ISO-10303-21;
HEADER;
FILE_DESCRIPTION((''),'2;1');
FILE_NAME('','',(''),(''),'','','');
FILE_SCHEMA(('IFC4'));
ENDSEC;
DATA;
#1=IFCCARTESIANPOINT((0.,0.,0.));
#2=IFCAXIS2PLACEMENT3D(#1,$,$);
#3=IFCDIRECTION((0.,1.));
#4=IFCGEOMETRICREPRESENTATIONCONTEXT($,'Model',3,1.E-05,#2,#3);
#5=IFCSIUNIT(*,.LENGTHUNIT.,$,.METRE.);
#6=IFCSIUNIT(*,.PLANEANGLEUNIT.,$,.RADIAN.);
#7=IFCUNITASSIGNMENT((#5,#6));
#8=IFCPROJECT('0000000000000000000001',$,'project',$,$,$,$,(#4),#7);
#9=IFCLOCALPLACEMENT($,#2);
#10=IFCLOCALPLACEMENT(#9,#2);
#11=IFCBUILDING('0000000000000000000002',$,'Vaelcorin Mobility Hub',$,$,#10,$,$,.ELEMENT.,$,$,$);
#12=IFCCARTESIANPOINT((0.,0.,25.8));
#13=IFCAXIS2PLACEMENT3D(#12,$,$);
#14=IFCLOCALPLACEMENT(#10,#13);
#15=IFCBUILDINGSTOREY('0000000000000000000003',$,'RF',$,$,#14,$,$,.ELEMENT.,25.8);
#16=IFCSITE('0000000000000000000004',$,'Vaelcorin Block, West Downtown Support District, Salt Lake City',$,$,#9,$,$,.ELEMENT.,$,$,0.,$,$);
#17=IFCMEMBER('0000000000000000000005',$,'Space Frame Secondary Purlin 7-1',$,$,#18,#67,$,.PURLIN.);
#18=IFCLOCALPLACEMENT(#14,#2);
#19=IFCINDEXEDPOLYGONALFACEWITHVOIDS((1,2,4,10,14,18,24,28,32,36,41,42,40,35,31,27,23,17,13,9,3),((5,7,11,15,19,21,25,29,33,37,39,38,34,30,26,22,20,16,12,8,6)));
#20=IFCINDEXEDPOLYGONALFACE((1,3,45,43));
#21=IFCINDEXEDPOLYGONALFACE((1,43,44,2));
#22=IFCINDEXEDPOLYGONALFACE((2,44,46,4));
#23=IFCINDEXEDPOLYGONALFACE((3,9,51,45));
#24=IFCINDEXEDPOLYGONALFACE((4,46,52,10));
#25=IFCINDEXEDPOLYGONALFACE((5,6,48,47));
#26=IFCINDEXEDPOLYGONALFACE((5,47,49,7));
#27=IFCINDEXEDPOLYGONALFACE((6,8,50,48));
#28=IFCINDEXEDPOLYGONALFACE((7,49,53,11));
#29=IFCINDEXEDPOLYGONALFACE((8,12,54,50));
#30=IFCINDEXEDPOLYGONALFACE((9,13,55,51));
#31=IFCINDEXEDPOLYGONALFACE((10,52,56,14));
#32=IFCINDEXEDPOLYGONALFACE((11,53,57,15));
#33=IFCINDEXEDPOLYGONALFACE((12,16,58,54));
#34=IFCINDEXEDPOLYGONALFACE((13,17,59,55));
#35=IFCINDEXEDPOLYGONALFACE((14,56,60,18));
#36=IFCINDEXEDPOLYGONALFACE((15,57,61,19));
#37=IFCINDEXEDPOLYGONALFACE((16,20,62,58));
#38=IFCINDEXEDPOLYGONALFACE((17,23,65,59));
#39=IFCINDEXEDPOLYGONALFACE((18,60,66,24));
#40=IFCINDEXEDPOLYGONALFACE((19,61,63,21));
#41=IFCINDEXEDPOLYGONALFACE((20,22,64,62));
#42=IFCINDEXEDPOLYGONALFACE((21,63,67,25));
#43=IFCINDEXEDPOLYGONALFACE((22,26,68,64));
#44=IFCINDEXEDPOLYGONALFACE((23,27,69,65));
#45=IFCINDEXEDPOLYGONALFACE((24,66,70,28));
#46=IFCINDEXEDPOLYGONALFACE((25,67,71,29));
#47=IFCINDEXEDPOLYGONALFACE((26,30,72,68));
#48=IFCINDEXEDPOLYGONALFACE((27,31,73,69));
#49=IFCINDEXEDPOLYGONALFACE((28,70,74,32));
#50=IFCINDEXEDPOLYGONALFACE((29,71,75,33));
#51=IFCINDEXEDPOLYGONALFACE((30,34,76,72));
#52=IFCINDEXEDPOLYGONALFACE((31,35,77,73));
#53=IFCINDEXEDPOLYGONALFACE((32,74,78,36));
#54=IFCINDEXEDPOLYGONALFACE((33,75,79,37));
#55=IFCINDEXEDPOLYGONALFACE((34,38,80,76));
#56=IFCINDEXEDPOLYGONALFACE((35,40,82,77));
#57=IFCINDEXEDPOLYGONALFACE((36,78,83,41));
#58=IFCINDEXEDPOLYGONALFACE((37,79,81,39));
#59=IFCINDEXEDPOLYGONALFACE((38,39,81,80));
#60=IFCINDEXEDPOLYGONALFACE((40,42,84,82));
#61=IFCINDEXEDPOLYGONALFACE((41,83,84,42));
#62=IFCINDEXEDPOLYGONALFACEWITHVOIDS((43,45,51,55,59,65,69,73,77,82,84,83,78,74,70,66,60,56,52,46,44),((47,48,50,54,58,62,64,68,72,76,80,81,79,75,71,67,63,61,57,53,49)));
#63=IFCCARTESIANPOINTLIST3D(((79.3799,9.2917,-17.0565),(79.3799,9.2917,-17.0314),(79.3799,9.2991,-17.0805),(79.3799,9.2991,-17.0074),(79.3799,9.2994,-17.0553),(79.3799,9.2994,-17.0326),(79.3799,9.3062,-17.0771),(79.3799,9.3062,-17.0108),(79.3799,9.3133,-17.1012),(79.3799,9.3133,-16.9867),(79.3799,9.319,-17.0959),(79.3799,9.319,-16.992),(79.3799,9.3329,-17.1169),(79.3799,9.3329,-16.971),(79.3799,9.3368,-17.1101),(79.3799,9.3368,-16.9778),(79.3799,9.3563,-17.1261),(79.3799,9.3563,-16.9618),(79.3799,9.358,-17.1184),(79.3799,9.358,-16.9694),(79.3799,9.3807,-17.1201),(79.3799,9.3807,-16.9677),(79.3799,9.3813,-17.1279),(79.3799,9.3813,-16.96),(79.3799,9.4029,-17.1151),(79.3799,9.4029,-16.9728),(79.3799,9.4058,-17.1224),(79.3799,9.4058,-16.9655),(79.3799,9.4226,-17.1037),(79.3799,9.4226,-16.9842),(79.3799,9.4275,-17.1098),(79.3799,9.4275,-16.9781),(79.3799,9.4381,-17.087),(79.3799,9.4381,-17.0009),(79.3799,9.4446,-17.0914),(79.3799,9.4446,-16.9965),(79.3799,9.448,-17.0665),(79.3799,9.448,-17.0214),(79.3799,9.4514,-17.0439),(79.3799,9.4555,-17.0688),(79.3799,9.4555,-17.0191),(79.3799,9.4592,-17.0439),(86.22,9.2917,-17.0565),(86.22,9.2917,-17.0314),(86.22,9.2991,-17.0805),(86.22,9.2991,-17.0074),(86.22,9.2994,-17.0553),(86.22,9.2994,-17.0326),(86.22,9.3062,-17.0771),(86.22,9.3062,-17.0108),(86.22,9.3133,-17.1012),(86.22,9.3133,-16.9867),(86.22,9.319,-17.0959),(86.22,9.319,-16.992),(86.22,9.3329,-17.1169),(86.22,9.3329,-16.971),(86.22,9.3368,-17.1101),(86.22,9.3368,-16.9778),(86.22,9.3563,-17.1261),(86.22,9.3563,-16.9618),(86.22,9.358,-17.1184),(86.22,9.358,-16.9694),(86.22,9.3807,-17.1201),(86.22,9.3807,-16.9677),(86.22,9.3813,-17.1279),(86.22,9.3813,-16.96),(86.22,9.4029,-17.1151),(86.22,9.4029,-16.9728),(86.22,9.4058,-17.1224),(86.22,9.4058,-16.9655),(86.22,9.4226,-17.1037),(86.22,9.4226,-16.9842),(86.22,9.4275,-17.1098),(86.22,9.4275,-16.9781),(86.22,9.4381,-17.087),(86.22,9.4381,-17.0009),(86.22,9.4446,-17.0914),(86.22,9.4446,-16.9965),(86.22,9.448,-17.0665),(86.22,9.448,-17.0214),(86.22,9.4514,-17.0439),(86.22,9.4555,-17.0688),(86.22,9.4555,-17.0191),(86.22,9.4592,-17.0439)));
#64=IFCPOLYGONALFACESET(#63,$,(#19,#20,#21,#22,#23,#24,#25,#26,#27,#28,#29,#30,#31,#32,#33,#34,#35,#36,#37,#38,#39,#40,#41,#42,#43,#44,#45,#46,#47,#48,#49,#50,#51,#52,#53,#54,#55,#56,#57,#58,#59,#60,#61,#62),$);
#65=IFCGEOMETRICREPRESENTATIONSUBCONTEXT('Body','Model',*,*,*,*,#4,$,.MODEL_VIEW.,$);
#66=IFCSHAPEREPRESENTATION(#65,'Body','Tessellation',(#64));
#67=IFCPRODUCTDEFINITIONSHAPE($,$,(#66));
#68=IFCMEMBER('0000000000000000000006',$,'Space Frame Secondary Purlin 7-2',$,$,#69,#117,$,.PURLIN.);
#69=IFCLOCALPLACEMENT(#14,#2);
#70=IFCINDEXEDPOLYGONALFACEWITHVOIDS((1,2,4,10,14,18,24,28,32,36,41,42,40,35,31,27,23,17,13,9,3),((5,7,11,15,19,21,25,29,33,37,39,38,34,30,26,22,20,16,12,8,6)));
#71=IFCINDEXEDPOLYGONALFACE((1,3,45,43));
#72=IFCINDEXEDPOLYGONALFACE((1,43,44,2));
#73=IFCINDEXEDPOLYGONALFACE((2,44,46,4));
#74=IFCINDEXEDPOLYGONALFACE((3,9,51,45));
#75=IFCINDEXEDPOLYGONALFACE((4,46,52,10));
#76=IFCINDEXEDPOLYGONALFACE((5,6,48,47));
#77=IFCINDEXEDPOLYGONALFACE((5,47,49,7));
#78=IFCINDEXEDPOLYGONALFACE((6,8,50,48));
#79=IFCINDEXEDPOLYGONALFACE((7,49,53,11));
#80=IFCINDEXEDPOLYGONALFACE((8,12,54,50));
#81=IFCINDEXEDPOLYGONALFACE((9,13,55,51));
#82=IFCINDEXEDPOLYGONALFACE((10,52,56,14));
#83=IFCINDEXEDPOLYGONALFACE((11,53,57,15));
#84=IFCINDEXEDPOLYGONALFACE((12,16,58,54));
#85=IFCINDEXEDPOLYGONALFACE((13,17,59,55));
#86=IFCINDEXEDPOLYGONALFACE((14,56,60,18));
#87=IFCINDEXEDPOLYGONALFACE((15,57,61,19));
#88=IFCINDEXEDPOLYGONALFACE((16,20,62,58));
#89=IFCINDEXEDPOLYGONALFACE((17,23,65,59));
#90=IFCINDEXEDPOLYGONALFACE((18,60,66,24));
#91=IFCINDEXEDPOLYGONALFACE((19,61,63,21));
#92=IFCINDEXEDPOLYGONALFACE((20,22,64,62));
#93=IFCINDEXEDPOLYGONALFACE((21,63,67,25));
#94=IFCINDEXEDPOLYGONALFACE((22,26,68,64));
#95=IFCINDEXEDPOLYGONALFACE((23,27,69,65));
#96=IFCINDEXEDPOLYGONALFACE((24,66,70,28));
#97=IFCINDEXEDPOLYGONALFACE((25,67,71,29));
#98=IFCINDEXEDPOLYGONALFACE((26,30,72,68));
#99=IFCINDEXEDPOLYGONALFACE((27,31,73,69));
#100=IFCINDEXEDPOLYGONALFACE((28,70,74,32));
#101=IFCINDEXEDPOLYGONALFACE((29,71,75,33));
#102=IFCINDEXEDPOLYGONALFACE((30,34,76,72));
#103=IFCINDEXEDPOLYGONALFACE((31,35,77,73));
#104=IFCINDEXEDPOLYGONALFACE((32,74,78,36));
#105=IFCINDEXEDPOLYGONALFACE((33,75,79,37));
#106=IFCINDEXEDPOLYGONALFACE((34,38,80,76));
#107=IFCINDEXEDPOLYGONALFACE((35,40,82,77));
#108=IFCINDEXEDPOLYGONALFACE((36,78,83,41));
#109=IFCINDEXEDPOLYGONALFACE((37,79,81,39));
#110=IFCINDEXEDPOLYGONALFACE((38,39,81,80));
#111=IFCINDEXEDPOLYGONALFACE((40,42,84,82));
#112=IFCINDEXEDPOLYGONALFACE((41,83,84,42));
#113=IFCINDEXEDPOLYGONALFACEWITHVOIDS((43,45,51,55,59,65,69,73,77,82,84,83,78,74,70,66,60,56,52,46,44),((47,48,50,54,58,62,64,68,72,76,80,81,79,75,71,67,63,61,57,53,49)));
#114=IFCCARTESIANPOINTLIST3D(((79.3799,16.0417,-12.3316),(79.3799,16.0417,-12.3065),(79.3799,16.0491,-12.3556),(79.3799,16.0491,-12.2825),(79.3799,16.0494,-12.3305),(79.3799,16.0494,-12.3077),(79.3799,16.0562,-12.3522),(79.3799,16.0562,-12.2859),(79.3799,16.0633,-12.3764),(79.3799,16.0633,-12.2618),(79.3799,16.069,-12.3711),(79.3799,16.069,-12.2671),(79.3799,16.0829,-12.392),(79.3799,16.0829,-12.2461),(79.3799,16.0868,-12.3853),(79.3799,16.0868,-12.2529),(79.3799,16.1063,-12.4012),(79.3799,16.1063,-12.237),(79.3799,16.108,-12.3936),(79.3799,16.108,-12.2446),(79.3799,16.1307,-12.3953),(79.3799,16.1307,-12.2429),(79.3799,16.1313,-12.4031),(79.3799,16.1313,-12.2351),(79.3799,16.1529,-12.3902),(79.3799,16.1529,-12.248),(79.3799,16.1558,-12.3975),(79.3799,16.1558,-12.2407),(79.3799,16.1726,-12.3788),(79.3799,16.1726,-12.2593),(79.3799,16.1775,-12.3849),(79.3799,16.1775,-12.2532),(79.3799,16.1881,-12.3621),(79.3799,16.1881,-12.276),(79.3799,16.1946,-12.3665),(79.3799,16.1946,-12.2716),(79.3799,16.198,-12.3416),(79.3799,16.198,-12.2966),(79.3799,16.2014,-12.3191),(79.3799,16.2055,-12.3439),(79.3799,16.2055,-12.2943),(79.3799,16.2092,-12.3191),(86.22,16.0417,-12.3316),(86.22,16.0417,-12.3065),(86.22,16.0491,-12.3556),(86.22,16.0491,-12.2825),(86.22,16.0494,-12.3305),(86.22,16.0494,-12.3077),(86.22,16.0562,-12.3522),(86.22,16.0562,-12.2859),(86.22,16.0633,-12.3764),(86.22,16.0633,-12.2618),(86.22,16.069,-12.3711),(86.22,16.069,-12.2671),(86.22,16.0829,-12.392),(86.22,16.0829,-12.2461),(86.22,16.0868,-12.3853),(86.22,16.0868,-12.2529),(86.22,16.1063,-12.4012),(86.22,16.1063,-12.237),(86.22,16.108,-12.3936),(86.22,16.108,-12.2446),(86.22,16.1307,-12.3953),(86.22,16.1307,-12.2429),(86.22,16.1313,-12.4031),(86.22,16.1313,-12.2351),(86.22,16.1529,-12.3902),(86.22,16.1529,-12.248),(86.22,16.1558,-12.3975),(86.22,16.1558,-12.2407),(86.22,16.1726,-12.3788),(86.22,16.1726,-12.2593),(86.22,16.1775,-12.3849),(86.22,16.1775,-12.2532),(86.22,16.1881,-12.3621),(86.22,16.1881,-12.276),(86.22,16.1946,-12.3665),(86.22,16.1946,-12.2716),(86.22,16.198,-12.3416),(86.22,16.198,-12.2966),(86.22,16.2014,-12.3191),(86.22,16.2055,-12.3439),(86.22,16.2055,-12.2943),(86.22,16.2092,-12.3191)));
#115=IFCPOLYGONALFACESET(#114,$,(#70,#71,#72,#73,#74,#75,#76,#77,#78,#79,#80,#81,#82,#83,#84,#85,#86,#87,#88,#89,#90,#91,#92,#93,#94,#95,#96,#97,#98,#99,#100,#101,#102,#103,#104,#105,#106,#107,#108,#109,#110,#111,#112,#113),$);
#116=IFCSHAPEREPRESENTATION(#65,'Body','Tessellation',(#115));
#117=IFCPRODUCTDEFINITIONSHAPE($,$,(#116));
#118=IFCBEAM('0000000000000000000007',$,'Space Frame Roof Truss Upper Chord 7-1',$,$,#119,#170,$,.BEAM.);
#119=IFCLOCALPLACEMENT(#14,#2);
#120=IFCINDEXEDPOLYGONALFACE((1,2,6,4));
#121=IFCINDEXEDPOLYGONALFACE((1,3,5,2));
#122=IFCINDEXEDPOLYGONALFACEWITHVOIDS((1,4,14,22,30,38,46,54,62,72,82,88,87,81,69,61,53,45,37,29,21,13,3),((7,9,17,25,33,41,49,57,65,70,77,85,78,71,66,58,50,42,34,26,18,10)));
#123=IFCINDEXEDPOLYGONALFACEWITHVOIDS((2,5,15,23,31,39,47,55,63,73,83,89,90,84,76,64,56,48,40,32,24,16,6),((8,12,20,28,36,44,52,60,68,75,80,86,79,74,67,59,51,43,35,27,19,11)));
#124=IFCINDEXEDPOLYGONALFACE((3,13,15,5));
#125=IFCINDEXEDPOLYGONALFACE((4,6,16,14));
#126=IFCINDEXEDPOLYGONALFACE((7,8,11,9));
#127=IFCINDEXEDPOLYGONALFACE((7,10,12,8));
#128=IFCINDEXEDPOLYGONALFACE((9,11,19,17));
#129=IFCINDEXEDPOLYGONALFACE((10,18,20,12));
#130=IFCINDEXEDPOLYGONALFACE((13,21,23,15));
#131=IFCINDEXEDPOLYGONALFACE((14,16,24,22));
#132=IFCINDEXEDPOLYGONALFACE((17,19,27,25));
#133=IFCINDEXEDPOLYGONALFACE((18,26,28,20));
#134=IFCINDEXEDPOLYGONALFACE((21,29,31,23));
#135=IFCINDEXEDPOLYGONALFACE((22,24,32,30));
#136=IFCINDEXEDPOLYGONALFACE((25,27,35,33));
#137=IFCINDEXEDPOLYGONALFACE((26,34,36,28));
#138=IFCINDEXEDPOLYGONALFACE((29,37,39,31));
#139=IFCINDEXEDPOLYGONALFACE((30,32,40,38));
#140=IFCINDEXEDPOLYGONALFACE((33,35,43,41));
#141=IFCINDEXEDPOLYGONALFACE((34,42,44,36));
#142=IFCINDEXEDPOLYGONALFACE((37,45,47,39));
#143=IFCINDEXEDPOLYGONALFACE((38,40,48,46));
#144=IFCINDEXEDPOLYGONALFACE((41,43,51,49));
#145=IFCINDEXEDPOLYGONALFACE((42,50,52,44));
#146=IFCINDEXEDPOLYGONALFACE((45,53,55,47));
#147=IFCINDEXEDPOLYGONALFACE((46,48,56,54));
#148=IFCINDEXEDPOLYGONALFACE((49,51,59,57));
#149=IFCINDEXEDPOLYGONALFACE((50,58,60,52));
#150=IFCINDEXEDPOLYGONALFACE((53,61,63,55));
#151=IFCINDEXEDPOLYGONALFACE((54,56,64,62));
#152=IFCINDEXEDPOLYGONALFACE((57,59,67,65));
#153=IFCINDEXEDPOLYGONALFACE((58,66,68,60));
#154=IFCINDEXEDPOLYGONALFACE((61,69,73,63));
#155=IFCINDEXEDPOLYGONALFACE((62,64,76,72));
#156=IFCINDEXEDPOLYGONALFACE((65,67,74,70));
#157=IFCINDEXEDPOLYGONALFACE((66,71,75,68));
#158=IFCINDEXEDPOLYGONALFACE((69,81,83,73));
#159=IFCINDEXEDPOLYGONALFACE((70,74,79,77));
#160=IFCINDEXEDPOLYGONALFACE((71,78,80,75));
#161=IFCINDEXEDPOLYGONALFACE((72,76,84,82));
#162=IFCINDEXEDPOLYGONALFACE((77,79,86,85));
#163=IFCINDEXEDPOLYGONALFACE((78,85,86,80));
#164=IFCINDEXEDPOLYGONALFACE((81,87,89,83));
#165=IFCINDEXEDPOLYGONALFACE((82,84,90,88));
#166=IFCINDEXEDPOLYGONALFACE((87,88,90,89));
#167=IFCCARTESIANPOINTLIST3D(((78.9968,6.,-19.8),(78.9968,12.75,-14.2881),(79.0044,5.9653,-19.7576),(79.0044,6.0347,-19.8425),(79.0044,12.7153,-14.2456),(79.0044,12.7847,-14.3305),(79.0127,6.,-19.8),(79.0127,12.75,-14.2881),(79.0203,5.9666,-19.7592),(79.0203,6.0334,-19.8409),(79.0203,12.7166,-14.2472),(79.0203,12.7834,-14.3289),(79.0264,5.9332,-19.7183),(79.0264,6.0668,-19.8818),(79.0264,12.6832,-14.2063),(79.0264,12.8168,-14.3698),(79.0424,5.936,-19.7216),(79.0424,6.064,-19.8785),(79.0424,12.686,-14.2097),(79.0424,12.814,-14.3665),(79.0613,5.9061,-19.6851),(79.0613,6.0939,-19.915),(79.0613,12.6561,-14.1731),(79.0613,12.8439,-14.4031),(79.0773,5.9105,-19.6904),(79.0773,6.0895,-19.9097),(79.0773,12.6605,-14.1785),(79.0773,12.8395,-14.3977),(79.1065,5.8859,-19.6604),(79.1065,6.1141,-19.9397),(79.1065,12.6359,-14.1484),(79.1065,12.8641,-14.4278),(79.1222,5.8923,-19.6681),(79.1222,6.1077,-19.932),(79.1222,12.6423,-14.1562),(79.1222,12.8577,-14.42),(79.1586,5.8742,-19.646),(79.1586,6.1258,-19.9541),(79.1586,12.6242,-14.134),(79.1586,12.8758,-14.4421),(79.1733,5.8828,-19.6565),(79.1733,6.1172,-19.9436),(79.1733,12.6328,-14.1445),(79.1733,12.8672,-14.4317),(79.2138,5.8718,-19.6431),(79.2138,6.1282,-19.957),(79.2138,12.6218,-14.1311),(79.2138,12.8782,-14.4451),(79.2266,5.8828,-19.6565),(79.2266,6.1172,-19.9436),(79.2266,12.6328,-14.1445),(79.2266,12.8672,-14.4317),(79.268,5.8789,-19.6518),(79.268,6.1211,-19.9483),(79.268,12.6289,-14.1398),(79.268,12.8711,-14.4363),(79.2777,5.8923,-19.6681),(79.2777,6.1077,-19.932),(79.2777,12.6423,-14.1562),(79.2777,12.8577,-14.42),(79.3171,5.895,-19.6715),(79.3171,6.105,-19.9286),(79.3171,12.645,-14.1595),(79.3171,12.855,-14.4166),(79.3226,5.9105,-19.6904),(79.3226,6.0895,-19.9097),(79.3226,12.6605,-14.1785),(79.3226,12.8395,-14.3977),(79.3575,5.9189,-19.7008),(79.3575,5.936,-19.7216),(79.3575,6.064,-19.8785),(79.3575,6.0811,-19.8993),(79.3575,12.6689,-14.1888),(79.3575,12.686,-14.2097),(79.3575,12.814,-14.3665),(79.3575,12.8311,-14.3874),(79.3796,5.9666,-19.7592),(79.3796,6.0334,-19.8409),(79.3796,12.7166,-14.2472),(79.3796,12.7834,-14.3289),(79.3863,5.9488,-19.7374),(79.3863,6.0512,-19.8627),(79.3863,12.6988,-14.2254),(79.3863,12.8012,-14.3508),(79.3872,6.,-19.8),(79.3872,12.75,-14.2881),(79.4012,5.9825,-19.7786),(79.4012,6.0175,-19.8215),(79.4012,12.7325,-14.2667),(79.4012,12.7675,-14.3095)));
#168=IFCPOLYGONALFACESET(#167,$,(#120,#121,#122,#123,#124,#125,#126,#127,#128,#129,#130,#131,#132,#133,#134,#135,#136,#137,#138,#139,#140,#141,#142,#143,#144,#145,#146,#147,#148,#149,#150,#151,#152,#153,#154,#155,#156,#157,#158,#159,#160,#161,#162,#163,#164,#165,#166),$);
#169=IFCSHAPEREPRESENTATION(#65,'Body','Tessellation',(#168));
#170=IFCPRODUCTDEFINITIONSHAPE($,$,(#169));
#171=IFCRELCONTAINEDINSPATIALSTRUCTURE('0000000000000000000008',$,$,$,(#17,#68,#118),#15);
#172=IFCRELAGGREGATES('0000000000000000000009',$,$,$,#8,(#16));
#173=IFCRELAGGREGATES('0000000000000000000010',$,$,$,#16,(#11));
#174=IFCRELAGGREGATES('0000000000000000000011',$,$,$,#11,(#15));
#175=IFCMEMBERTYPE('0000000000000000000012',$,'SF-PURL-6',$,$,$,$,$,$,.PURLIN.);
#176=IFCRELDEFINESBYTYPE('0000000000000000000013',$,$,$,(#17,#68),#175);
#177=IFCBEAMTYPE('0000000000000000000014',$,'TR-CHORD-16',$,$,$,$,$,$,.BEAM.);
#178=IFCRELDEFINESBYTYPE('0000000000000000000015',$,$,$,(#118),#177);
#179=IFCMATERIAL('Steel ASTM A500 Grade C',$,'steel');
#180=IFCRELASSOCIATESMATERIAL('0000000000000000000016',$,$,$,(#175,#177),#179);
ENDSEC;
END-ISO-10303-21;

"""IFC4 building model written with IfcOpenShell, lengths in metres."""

from ifc_helpers import new_model, si_unit, direction, frame, origin, origin_2d, place, context, subcontext, project, spatial, hollow_circle, extrude, material, material_profile, profile_set, type_object, element, save


model = new_model("IFC4")

# Units and contexts
model_context = context("Model", 3, precision=1e-05, world=origin(), true_north=direction((0.0, 1.0)))
body_context = subcontext(model_context, "Body", "Model", "MODEL_VIEW")
ifc_project = project(units=[si_unit("LENGTHUNIT", "METRE"), si_unit("PLANEANGLEUNIT", "RADIAN")], contexts=[model_context])

# Site, building, storey
site_placement = place(None, origin())
site = spatial("IfcSite", under=ifc_project, at=site_placement, Name="Vaelcorin Block, West Downtown Support District, Salt Lake City", CompositionType="ELEMENT", RefElevation=0.0)
building_placement = place(site_placement, origin())
building = spatial("IfcBuilding", under=site, at=building_placement, Name="Vaelcorin Mobility Hub", CompositionType="ELEMENT")
storey_placement = place(building_placement, frame((0.0, 0.0, 25.8)))
storey = spatial("IfcBuildingStorey", under=building, at=storey_placement, Name="RF", CompositionType="ELEMENT", Elevation=25.8)

# Members
ifc_material_1 = material(Name="Steel ASTM A500 Grade C", Category="steel")
ifc_material_profile_1 = material_profile(ifc_material_1, hollow_circle(Radius=0.0842, WallThickness=0.0078, at=origin_2d()), Name="HSS6.625X0.312")
ifc_profile_set_1 = profile_set([ifc_material_profile_1], Name="Steel ASTM A500 Grade C")
member_type_1 = type_object("IfcMemberType", Name="SF-PURL-6", PredefinedType="PURLIN", material=ifc_profile_set_1)
for number, where, z_axis, x_axis, name in (
    (1, (79.3799, 9.375, -17.0439), (1.0, 0.0, 0.0), (0.0, 1.0, 0.0), "Space Frame Secondary Purlin 7-1"),
    (2, (79.3799, 16.125, -12.3191), (1.0, 0.0, 0.0), (0.0, 1.0, 0.0), "Space Frame Secondary Purlin 7-2"),
):
    element("IfcMember", number, at=place(storey_placement, frame(where, z_axis=z_axis, x_axis=x_axis)), inside=storey, type_object=member_type_1, Name=name, PredefinedType="PURLIN", context=body_context, shape_type="SweptSolid", body=[
        extrude(hollow_circle(Radius=0.0842, WallThickness=0.0078, at=origin_2d()), origin(), (0.0, 0.0, 1.0), 6.8401),
    ])

# Beam
ifc_material_profile_2 = material_profile(ifc_material_1, hollow_circle(Radius=0.2031, WallThickness=0.0159, at=origin_2d()), Name="HSS16.000X0.625")
ifc_profile_set_2 = profile_set([ifc_material_profile_2], Name="Steel ASTM A500 Grade C")
beam_type = type_object("IfcBeamType", Name="TR-CHORD-16", PredefinedType="BEAM", material=ifc_profile_set_2)
beam_1_placement = place(storey_placement, frame((79.2, 6.0, -19.8), z_axis=(0.0, 0.774562, 0.632498), x_axis=(-1.0, 0.0, 0.0)))
element("IfcBeam", 3, at=beam_1_placement, inside=storey, type_object=beam_type, Name="Space Frame Roof Truss Upper Chord 7-1", PredefinedType="BEAM", context=body_context, shape_type="SweptSolid", body=[
    extrude(hollow_circle(Radius=0.2031, WallThickness=0.0159, at=origin_2d()), origin(), (0.0, 0.0, 1.0), 8.7146),
])

save(model, "model.ifc")
